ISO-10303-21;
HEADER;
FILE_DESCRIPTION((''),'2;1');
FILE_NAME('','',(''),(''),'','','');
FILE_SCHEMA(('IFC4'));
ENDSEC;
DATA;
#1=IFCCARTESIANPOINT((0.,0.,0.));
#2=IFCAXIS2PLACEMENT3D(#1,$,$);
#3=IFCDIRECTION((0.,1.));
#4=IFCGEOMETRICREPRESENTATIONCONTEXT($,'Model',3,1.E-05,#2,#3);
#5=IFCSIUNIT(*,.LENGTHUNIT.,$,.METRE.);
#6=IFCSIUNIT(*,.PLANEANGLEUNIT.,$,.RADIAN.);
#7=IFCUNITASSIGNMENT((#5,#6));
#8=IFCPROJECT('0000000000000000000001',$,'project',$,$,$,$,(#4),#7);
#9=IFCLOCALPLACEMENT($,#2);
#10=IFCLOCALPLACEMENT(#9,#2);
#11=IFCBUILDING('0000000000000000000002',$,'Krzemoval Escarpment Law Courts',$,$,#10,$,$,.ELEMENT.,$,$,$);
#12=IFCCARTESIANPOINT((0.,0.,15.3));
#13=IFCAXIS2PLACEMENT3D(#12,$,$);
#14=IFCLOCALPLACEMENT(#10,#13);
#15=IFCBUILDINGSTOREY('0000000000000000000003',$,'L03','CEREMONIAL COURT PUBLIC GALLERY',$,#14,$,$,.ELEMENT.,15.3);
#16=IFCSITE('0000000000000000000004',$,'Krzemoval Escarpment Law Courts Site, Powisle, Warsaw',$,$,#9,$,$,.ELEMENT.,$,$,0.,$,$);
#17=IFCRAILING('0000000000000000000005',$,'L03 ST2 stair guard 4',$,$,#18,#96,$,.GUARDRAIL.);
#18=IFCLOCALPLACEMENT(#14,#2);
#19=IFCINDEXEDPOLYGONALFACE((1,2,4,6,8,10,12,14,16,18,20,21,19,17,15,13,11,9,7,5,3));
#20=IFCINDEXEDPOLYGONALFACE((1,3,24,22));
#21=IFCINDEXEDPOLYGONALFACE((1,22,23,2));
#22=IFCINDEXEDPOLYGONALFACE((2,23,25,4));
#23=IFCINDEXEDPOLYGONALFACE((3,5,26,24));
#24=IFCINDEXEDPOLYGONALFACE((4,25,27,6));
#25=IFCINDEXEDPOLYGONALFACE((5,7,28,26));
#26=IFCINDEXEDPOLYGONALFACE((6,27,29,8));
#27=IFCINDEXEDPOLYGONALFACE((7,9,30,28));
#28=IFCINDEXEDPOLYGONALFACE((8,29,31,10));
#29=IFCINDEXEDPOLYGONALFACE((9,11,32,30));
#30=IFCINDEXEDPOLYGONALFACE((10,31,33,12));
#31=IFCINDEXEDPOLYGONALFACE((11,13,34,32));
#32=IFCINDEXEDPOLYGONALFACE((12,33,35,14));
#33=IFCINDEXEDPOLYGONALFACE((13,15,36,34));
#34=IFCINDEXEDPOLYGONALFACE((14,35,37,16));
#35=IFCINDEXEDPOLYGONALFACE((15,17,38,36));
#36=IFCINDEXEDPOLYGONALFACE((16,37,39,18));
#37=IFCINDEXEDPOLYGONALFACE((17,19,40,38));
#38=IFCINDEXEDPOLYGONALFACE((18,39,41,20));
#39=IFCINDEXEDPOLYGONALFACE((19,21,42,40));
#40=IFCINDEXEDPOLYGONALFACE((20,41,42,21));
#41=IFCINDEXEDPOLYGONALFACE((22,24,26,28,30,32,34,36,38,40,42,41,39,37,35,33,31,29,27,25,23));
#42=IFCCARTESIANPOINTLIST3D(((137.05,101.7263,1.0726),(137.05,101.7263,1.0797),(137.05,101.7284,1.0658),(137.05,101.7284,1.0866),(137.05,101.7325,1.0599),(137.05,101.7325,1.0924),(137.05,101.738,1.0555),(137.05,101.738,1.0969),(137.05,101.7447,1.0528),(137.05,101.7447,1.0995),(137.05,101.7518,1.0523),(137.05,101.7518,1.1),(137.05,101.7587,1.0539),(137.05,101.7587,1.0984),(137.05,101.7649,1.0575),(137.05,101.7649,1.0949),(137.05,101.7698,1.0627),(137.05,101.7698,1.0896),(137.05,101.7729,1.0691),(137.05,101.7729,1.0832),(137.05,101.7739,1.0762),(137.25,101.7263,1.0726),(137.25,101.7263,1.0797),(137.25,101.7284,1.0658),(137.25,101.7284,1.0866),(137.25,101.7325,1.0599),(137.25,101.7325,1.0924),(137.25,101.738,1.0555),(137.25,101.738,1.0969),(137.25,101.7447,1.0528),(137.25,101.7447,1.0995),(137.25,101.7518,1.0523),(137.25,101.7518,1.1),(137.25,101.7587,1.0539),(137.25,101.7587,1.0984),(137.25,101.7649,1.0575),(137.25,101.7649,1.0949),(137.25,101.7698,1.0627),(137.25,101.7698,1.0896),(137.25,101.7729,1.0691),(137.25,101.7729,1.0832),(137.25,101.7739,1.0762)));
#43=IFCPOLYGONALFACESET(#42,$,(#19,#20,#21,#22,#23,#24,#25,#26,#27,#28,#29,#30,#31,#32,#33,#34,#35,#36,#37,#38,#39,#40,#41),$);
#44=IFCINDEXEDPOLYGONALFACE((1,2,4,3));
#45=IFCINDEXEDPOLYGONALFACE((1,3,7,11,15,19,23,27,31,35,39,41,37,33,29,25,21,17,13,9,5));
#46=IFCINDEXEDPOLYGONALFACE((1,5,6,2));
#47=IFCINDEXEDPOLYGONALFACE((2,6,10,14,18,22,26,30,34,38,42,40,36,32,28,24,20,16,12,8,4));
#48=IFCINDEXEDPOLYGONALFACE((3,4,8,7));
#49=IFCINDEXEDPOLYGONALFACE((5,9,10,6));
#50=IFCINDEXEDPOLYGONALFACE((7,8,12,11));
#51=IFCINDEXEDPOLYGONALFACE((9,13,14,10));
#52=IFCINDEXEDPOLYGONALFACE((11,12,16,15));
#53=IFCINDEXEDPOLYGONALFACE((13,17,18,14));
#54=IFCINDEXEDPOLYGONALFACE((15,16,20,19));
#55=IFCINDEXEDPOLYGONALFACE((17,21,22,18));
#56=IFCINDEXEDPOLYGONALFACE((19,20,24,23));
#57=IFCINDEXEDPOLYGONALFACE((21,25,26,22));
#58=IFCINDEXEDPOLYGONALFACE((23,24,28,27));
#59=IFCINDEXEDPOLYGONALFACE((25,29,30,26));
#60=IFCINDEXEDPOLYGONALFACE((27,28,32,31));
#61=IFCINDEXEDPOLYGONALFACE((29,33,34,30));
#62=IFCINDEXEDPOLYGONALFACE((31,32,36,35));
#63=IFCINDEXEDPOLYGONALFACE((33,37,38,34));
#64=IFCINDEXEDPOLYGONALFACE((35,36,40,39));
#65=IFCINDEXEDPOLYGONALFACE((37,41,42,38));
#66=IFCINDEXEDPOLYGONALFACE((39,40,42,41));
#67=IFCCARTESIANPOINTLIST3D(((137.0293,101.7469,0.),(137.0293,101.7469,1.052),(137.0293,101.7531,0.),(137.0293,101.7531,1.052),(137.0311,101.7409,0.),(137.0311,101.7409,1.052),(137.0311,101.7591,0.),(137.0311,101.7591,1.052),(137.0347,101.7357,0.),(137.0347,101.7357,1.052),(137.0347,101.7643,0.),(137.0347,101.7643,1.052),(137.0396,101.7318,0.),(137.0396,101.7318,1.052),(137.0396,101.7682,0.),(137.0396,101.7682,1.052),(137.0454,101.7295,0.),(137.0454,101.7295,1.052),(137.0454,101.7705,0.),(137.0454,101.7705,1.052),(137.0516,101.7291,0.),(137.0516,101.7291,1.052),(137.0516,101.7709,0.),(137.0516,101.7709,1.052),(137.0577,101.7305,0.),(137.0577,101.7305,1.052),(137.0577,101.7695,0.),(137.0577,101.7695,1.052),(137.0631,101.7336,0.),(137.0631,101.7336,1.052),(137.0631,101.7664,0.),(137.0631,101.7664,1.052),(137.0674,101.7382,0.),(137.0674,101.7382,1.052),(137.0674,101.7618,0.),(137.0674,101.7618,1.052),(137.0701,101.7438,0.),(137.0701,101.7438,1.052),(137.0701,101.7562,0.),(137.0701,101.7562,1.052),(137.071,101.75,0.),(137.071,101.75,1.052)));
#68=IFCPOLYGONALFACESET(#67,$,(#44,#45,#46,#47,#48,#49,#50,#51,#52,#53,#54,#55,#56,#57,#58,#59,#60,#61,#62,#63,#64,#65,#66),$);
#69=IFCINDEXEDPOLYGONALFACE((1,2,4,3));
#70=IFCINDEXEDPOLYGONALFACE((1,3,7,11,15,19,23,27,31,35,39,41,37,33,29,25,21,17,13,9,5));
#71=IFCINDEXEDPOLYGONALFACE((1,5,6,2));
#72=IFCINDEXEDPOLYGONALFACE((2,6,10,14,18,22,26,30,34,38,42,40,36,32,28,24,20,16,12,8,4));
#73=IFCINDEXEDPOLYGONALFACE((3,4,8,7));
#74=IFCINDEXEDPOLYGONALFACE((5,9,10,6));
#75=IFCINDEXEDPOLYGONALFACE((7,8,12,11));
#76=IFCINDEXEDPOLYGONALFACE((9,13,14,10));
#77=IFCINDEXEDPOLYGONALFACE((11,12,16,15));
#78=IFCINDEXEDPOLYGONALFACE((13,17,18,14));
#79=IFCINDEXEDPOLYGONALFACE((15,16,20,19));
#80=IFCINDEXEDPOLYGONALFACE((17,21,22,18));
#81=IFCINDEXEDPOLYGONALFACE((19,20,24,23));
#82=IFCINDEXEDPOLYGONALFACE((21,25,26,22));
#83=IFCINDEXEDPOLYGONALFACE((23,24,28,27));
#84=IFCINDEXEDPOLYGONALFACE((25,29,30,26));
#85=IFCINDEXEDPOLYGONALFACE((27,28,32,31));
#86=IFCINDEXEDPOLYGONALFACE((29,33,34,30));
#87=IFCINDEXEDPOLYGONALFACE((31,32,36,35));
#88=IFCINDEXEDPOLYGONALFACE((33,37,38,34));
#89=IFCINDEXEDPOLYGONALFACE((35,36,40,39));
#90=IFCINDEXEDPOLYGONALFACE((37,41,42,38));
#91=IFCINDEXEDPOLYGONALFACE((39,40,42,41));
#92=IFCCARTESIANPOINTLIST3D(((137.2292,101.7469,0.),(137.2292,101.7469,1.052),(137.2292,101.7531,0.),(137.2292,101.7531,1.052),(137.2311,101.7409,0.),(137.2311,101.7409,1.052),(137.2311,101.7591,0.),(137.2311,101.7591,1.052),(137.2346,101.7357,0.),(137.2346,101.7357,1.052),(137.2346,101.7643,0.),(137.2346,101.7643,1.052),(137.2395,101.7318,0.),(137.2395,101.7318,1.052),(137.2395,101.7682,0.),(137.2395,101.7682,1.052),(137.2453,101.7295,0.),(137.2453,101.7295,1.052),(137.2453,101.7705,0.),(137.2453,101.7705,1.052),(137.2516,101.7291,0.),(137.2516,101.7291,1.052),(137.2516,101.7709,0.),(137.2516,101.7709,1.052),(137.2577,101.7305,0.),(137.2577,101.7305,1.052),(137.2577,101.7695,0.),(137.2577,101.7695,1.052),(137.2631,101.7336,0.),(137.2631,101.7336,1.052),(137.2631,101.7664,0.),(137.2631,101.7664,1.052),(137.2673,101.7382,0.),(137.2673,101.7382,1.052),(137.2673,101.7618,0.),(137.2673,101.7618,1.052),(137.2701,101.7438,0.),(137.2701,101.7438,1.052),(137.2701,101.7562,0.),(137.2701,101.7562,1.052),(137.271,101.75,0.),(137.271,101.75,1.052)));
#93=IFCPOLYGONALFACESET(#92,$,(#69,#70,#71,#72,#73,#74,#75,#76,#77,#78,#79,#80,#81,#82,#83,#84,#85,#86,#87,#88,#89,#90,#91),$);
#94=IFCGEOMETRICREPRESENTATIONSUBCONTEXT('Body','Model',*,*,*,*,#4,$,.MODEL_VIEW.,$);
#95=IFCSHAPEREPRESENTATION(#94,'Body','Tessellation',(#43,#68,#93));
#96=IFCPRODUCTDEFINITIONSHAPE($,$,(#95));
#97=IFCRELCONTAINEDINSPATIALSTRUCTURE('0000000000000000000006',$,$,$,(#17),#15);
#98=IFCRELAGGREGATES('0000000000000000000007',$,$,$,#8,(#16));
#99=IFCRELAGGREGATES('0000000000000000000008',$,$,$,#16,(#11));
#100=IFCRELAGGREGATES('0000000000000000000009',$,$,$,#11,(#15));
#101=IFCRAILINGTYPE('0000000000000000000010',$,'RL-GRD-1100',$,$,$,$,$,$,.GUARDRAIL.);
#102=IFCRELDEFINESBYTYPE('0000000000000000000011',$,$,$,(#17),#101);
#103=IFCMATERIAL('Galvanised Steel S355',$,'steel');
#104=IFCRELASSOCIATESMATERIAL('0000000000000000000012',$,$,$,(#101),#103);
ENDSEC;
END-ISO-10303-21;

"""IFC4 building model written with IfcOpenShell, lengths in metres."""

from ifc_helpers import new_model, si_unit, direction, frame, origin, origin_2d, place, context, subcontext, project, spatial, circle, extrude, material, type_object, element, save


model = new_model("IFC4")

# Units and contexts
model_context = context("Model", 3, precision=1e-05, world=origin(), true_north=direction((0.0, 1.0)))
body_context = subcontext(model_context, "Body", "Model", "MODEL_VIEW")
ifc_project = project(units=[si_unit("LENGTHUNIT", "METRE"), si_unit("PLANEANGLEUNIT", "RADIAN")], contexts=[model_context])

# Site, building, storey
site_placement = place(None, origin())
site = spatial("IfcSite", under=ifc_project, at=site_placement, Name="Krzemoval Escarpment Law Courts Site, Powisle, Warsaw", CompositionType="ELEMENT", RefElevation=0.0)
building_placement = place(site_placement, origin())
building = spatial("IfcBuilding", under=site, at=building_placement, Name="Krzemoval Escarpment Law Courts", CompositionType="ELEMENT")
storey_placement = place(building_placement, frame((0.0, 0.0, 15.3)))
storey = spatial("IfcBuildingStorey", under=building, at=storey_placement, Name="L03", Description="CEREMONIAL COURT PUBLIC GALLERY", CompositionType="ELEMENT", Elevation=15.3)

# Railing
ifc_material_1 = material(Name="Galvanised Steel S355", Category="steel")
railing_type_1 = type_object("IfcRailingType", Name="RL-GRD-1100", PredefinedType="GUARDRAIL", material=ifc_material_1)
railing_1_placement = place(storey_placement, frame((137.05, 101.75, 0.0)))
element("IfcRailing", 1, at=railing_1_placement, inside=storey, type_object=railing_type_1, Name="L03 ST2 stair guard 4", PredefinedType="GUARDRAIL", context=body_context, shape_type="SweptSolid", body=[
    extrude(circle(Radius=0.0239, at=origin_2d()), frame((0.0, 0.0, 1.0762), z_axis=(1.0, 0.0, 0.0), x_axis=(0.0, 1.0, 0.0)), (0.0, 0.0, 1.0), 0.2),
    extrude(circle(Radius=0.021, at=origin_2d()), origin(), (0.0, 0.0, 1.0), 1.052),
    extrude(circle(Radius=0.021, at=origin_2d()), frame((0.2, 0.0, 0.0)), (0.0, 0.0, 1.0), 1.052),
])

save(model, "model.ifc")
